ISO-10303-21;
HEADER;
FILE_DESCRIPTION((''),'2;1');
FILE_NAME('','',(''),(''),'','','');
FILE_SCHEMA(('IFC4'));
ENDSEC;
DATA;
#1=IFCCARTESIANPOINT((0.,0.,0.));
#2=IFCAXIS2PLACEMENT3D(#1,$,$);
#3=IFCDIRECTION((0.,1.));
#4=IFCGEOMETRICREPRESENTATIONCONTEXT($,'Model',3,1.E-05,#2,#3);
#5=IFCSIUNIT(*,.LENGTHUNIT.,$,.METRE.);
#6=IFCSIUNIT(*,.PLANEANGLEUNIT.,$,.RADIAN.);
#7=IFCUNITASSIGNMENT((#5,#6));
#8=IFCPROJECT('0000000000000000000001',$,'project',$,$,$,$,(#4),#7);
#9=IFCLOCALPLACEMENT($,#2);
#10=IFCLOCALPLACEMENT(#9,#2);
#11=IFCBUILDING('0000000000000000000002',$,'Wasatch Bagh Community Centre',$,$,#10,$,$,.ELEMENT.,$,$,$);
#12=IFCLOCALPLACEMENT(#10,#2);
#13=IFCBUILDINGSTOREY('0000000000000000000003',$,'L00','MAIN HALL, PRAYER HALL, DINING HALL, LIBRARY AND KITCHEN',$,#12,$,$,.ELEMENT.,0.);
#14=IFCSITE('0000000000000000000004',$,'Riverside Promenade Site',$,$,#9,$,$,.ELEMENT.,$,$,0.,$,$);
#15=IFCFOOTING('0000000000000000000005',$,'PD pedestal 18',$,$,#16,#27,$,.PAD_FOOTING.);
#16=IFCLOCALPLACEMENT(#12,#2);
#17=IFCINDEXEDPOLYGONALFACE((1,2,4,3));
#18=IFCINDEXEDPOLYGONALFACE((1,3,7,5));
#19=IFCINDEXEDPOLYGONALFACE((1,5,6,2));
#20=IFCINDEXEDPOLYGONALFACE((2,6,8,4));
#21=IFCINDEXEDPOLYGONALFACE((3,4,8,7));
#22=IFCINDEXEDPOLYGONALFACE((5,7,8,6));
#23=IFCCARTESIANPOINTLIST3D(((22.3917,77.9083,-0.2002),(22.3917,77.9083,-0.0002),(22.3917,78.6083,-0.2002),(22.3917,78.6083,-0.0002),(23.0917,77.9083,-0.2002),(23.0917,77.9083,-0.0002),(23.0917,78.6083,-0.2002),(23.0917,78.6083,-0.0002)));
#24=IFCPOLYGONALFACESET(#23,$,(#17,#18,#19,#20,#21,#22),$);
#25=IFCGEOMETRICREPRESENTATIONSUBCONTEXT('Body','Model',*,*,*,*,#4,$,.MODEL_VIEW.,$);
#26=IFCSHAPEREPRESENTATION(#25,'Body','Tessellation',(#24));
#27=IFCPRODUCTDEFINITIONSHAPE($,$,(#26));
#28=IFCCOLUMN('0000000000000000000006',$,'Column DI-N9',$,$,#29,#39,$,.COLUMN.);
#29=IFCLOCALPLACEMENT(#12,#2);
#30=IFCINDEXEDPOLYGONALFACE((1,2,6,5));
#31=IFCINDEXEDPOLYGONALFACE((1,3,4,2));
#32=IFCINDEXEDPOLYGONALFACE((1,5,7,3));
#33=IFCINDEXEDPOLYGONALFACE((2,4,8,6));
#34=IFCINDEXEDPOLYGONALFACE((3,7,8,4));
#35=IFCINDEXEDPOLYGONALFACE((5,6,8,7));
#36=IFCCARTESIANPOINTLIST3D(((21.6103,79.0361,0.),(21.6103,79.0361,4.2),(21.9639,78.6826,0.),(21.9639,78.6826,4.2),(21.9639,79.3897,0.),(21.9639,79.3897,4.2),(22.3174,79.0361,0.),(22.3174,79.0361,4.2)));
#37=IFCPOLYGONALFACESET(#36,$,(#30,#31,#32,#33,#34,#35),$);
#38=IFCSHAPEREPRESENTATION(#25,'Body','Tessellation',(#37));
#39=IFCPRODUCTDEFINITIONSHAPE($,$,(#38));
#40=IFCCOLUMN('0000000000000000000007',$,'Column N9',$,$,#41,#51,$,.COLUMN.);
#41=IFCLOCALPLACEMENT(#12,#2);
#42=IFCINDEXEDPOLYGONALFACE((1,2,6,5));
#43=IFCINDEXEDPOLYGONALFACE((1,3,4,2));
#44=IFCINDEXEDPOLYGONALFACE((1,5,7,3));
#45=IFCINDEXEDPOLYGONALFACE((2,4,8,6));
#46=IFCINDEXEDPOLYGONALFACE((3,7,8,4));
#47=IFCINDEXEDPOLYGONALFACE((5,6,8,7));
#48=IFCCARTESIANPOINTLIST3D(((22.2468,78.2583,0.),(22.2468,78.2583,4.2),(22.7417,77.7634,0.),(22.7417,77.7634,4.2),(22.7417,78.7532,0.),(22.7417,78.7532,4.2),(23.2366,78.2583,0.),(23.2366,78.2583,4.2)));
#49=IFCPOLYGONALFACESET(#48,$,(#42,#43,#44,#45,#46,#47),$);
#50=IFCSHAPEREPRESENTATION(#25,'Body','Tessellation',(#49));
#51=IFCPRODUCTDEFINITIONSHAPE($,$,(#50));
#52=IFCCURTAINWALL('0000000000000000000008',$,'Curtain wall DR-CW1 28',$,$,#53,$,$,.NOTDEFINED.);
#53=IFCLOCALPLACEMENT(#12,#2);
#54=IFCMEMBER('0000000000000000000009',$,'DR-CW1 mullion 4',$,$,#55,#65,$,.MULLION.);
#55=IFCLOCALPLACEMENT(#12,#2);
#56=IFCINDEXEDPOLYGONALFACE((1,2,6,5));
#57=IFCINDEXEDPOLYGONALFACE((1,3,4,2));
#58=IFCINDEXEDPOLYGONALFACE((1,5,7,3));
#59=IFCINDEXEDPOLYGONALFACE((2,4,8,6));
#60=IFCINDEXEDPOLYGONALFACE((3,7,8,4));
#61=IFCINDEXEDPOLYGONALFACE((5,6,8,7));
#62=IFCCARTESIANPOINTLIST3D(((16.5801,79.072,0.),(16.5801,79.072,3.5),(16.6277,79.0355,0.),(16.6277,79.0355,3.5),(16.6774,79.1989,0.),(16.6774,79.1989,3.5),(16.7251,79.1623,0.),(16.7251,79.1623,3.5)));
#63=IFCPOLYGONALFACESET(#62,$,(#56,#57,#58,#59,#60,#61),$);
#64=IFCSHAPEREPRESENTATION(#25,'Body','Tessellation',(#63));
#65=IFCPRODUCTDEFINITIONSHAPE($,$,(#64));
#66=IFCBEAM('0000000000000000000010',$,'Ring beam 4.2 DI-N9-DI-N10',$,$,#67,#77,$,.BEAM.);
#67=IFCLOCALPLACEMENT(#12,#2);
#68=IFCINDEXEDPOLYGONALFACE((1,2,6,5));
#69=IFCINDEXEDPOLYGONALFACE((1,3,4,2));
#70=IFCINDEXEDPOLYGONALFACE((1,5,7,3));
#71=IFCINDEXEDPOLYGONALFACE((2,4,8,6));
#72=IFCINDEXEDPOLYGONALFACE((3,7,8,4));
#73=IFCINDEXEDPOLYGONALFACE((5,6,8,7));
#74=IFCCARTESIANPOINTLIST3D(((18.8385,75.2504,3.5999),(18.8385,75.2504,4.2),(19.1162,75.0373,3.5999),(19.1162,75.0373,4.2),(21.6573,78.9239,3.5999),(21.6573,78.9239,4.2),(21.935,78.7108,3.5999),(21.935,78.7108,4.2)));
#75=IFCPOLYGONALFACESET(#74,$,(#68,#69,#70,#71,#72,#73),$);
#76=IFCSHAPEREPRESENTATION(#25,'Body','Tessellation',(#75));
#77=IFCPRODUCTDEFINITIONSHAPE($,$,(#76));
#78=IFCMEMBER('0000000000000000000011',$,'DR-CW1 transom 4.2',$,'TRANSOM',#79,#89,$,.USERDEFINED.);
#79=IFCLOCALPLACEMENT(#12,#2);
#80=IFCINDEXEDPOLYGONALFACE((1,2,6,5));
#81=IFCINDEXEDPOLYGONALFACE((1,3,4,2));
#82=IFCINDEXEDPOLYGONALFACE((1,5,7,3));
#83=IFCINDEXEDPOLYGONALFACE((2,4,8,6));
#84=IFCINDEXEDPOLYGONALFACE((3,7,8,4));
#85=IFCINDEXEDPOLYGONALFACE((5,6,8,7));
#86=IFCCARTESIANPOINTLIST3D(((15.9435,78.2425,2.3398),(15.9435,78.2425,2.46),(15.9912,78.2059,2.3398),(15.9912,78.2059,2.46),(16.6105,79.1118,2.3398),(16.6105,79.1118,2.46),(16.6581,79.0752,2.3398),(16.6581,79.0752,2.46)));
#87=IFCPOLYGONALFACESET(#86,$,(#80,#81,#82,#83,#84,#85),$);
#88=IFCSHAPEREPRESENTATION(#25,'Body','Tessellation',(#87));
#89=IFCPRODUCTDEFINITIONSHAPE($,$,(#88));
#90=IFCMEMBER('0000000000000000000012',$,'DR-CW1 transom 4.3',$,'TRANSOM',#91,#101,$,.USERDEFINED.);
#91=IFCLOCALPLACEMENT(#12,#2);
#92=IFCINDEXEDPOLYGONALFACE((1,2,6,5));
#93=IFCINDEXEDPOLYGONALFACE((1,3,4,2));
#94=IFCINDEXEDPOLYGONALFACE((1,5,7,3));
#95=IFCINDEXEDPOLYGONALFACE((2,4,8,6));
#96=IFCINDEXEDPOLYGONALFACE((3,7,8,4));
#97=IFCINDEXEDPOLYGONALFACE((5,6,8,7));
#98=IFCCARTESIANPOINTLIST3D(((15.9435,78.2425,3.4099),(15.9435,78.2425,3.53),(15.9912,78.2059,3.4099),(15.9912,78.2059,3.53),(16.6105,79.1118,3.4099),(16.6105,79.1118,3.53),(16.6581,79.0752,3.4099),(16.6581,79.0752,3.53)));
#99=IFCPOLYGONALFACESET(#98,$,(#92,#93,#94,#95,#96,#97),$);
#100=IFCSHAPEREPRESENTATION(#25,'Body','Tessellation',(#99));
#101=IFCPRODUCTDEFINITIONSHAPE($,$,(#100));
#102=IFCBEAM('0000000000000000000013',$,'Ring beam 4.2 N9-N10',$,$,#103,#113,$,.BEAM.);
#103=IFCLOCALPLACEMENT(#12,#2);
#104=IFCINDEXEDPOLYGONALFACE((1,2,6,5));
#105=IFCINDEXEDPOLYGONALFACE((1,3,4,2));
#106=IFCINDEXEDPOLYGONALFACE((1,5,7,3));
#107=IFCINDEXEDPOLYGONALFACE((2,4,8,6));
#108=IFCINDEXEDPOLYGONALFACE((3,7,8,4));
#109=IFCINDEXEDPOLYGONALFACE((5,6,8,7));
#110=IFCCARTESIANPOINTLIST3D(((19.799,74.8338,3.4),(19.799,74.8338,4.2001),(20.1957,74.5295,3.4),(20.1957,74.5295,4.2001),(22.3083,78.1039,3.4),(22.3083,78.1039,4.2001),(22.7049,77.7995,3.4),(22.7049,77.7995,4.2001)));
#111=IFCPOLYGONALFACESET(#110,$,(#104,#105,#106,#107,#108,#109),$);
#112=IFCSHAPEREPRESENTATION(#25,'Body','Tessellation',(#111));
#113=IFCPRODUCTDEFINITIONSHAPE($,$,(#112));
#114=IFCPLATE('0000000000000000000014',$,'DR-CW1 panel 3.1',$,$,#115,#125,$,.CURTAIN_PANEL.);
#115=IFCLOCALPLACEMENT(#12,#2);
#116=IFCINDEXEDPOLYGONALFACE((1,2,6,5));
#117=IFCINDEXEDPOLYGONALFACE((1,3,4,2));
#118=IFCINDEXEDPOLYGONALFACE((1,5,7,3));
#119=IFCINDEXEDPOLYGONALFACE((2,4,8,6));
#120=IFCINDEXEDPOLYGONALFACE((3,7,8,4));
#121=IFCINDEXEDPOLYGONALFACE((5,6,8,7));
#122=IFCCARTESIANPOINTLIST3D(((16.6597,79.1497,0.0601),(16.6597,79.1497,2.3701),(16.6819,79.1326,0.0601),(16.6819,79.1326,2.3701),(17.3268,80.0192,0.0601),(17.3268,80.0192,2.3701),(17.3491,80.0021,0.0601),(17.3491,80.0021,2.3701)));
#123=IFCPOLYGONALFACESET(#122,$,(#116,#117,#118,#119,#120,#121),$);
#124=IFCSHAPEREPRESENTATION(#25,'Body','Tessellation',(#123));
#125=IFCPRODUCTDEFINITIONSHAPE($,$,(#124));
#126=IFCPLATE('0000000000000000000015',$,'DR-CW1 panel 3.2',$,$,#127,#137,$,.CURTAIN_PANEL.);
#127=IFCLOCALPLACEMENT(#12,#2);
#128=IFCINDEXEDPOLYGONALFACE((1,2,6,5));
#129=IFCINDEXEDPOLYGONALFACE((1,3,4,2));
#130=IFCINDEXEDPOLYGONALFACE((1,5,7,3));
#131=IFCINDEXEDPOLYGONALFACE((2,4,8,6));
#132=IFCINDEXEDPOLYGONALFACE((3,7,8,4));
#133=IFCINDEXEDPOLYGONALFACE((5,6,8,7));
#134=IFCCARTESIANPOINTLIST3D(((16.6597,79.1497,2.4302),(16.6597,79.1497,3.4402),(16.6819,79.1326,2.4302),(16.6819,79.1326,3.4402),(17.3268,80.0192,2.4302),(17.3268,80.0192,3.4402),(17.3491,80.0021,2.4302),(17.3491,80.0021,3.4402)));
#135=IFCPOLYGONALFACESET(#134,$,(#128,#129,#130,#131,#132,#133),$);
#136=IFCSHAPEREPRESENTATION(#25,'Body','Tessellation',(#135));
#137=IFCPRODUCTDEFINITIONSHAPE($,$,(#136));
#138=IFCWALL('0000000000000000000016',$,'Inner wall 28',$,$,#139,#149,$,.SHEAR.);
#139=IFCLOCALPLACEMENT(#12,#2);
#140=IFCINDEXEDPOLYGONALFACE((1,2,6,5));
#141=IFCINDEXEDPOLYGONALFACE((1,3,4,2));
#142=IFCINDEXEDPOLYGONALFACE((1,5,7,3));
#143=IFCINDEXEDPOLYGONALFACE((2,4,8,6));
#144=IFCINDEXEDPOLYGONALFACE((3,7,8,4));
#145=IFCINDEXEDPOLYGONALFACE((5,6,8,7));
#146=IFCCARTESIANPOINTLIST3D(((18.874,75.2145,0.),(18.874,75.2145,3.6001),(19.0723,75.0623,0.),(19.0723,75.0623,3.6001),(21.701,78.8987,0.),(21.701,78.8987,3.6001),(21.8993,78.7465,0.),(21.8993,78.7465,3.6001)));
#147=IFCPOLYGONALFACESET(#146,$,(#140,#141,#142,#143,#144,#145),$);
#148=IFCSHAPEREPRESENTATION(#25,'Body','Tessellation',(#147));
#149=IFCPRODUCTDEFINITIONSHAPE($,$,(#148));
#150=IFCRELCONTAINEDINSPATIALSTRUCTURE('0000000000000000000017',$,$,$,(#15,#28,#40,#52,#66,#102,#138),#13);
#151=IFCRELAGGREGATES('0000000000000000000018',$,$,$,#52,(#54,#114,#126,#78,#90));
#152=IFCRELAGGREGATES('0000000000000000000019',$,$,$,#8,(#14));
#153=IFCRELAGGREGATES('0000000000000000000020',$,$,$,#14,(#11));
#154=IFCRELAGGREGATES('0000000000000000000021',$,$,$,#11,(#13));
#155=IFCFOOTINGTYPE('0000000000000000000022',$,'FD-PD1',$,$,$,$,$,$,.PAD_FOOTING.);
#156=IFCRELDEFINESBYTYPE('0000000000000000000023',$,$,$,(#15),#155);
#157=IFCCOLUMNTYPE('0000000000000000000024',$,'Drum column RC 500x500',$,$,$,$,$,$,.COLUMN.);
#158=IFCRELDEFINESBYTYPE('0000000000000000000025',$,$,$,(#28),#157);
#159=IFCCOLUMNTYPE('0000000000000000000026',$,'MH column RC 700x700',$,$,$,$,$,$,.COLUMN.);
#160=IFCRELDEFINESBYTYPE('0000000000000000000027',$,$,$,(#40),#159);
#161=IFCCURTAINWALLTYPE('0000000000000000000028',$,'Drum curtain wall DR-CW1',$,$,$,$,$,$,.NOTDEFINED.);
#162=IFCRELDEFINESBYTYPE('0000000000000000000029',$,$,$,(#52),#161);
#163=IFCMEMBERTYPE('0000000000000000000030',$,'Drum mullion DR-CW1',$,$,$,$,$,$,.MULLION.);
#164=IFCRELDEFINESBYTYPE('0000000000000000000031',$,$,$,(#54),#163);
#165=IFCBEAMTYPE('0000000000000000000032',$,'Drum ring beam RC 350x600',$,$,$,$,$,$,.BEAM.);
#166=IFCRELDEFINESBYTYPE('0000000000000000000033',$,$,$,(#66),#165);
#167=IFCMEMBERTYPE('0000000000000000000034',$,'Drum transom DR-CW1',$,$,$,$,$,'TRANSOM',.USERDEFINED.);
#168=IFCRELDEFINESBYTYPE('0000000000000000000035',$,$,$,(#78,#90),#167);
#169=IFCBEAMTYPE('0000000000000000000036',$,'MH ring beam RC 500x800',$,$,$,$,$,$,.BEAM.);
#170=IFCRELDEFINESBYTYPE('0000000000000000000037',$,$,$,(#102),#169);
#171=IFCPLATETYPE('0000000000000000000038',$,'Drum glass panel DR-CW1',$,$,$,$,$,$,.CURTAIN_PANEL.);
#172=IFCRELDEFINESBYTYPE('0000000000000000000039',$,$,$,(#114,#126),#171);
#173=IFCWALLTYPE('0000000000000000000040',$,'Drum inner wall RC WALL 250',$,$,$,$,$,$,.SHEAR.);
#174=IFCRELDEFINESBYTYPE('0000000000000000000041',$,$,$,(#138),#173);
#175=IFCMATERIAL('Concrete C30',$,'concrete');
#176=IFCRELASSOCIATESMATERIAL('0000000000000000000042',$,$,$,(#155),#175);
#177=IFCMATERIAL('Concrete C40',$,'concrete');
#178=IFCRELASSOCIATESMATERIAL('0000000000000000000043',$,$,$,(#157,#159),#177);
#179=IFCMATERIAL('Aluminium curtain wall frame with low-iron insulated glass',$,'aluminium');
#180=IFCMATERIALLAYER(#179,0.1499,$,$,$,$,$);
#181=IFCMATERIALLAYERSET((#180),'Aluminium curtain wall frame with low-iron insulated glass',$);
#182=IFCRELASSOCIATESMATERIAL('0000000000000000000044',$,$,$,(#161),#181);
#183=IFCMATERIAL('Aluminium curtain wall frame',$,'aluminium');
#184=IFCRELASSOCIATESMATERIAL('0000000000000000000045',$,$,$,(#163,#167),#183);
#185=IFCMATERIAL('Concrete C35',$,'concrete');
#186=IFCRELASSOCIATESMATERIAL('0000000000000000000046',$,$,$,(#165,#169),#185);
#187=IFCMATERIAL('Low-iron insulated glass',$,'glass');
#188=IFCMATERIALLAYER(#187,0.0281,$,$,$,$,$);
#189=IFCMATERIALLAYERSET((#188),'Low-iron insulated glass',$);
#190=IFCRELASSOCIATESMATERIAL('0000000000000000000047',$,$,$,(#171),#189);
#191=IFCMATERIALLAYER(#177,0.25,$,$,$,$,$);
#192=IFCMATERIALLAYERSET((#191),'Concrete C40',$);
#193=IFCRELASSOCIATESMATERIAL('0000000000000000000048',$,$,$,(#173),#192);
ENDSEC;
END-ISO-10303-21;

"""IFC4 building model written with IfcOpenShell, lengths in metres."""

from ifc_helpers import new_model, si_unit, direction, frame, frame_2d, origin, origin_2d, place, context, subcontext, project, spatial, rectangle, extrude, material, layer, layer_set, material_profile, profile_set, type_object, element, aggregate, save


model = new_model("IFC4")

# Units and contexts
model_context = context("Model", 3, precision=1e-05, world=origin(), true_north=direction((0.0, 1.0)))
body_context = subcontext(model_context, "Body", "Model", "MODEL_VIEW")
ifc_project = project(units=[si_unit("LENGTHUNIT", "METRE"), si_unit("PLANEANGLEUNIT", "RADIAN")], contexts=[model_context])

# Site, building, storey
site_placement = place(None, origin())
site = spatial("IfcSite", under=ifc_project, at=site_placement, Name="Riverside Promenade Site", CompositionType="ELEMENT", RefElevation=0.0)
building_placement = place(site_placement, origin())
building = spatial("IfcBuilding", under=site, at=building_placement, Name="Wasatch Bagh Community Centre", CompositionType="ELEMENT")
storey_placement = place(building_placement, origin())
storey = spatial("IfcBuildingStorey", under=building, at=storey_placement, Name="L00", Description="MAIN HALL, PRAYER HALL, DINING HALL, LIBRARY AND KITCHEN", CompositionType="ELEMENT", Elevation=0.0)

# Shared definitions
ifc_material_1 = material(Name="Concrete C35", Category="concrete")

# Shared definitions
ifc_material_2 = material(Name="Concrete C30", Category="concrete")

# Footing
footing_type_1 = type_object("IfcFootingType", Name="FD-PD1", PredefinedType="PAD_FOOTING", material=ifc_material_2)
footing_1_placement = place(storey_placement, frame((22.7417, 78.2583, -0.2002), z_axis=(0.0, 0.0, 1.0), x_axis=(1.0, 0.0, 0.0)))
element("IfcFooting", 1, at=footing_1_placement, inside=storey, type_object=footing_type_1, Name="PD pedestal 18", PredefinedType="PAD_FOOTING", context=body_context, shape_type="SweptSolid", body=[
    extrude(rectangle(XDim=0.7, YDim=0.7, at=origin_2d()), origin(), (0.0, 0.0, 1.0), 0.2),
])

# Columns
ifc_material_3 = material(Name="Concrete C40", Category="concrete")
ifc_material_profile_1 = material_profile(ifc_material_3, rectangle(XDim=0.5, YDim=0.5, at=origin_2d()), Name="RC 500x500")
ifc_profile_set_1 = profile_set([ifc_material_profile_1], Name="Concrete C40")
column_type_1 = type_object("IfcColumnType", Name="Drum column RC 500x500", PredefinedType="COLUMN", material=ifc_profile_set_1)
column_1_placement = place(storey_placement, frame((21.9639, 79.0361, 0.0), z_axis=(0.0, 0.0, 1.0), x_axis=(0.707107, 0.707107, 0.0)))
element("IfcColumn", 2, at=column_1_placement, inside=storey, type_object=column_type_1, Name="Column DI-N9", PredefinedType="COLUMN", context=body_context, shape_type="SweptSolid", body=[
    extrude(rectangle(XDim=0.5, YDim=0.5, at=origin_2d()), origin(), (0.0, 0.0, 1.0), 4.2),
])
ifc_material_profile_2 = material_profile(ifc_material_3, rectangle(XDim=0.7, YDim=0.7, at=origin_2d()), Name="RC 700x700")
ifc_profile_set_2 = profile_set([ifc_material_profile_2], Name="Concrete C40")
column_type_2 = type_object("IfcColumnType", Name="MH column RC 700x700", PredefinedType="COLUMN", material=ifc_profile_set_2)
column_2_placement = place(storey_placement, frame((22.7417, 78.2583, 0.0), z_axis=(0.0, 0.0, 1.0), x_axis=(0.707107, 0.707107, 0.0)))
element("IfcColumn", 3, at=column_2_placement, inside=storey, type_object=column_type_2, Name="Column N9", PredefinedType="COLUMN", context=body_context, shape_type="SweptSolid", body=[
    extrude(rectangle(XDim=0.7, YDim=0.7, at=origin_2d()), origin(), (0.0, 0.0, 1.0), 4.2),
])

# Curtain wall, member
ifc_material_4 = material(Name="Aluminium curtain wall frame with low-iron insulated glass", Category="aluminium")
ifc_layer_1 = layer(ifc_material_4, 0.1499)
ifc_layer_set_1 = layer_set([ifc_layer_1], Name="Aluminium curtain wall frame with low-iron insulated glass")
curtain_wall_type = type_object("IfcCurtainWallType", Name="Drum curtain wall DR-CW1", PredefinedType="NOTDEFINED", material=ifc_layer_set_1)
curtain_wall_placement = place(storey_placement, origin())
curtain_wall = element("IfcCurtainWall", 4, at=curtain_wall_placement, inside=storey, type_object=curtain_wall_type, Name="Curtain wall DR-CW1 28", PredefinedType="NOTDEFINED")
ifc_material_5 = material(Name="Aluminium curtain wall frame", Category="aluminium")
ifc_material_profile_3 = material_profile(ifc_material_5, rectangle(XDim=0.0601, YDim=0.1599, at=origin_2d()), Name="Drum mullion DR-CW1")
ifc_profile_set_3 = profile_set([ifc_material_profile_3], Name="Aluminium curtain wall frame")
member_type_1 = type_object("IfcMemberType", Name="Drum mullion DR-CW1", PredefinedType="MULLION", material=ifc_profile_set_3)
member_1_placement = place(storey_placement, frame((16.6526, 79.1172, 0.0), z_axis=(0.0, 0.0, 1.0), x_axis=(0.793353, -0.608761, 0.0)))
member_1 = element("IfcMember", 5, at=member_1_placement, type_object=member_type_1, Name="DR-CW1 mullion 4", PredefinedType="MULLION", context=body_context, shape_type="SweptSolid", body=[
    extrude(rectangle(XDim=0.0601, YDim=0.1599, at=origin_2d()), origin(), (0.0, 0.0, 1.0), 3.5),
])

# Beam
ifc_material_profile_4 = material_profile(ifc_material_1, rectangle(XDim=0.3501, YDim=0.6001, at=origin_2d()), Name="RC 350x600")
ifc_profile_set_4 = profile_set([ifc_material_profile_4], Name="Concrete C35")
beam_type_1 = type_object("IfcBeamType", Name="Drum ring beam RC 350x600", PredefinedType="BEAM", material=ifc_profile_set_4)
beam_1_placement = place(storey_placement, frame((21.7961, 78.8174, 3.8999), z_axis=(-0.608762, -0.793353, 0.0), x_axis=(0.793353, -0.608762, 0.0)))
element("IfcBeam", 6, at=beam_1_placement, inside=storey, type_object=beam_type_1, Name="Ring beam 4.2 DI-N9-DI-N10", PredefinedType="BEAM", context=body_context, shape_type="SweptSolid", body=[
    extrude(rectangle(XDim=0.3501, YDim=0.6001, at=origin_2d()), origin(), (0.0, 0.0, 1.0), 4.6304),
])

# Members
ifc_material_profile_5 = material_profile(ifc_material_5, rectangle(XDim=0.0601, YDim=0.1201, at=origin_2d()), Name="Drum transom DR-CW1")
ifc_profile_set_5 = profile_set([ifc_material_profile_5], Name="Aluminium curtain wall frame")
member_type_2 = type_object("IfcMemberType", Name="Drum transom DR-CW1", ElementType="TRANSOM", PredefinedType="USERDEFINED", material=ifc_profile_set_5)
member_2_placement = place(storey_placement, frame((16.6343, 79.0935, 2.3999), z_axis=(-0.608698, -0.793402, 0.0), x_axis=(0.793402, -0.608698, 0.0)))
member_2 = element("IfcMember", 7, at=member_2_placement, type_object=member_type_2, Name="DR-CW1 transom 4.2", ObjectType="TRANSOM", PredefinedType="USERDEFINED", context=body_context, shape_type="SweptSolid", body=[
    extrude(rectangle(XDim=0.0601, YDim=0.1201, at=origin_2d()), origin(), (0.0, 0.0, 1.0), 1.0957),
])
member_3_placement = place(storey_placement, frame((16.6343, 79.0935, 3.47), z_axis=(-0.608698, -0.793402, 0.0), x_axis=(0.793402, -0.608698, 0.0)))
member_3 = element("IfcMember", 8, at=member_3_placement, type_object=member_type_2, Name="DR-CW1 transom 4.3", ObjectType="TRANSOM", PredefinedType="USERDEFINED", context=body_context, shape_type="SweptSolid", body=[
    extrude(rectangle(XDim=0.0601, YDim=0.1201, at=origin_2d()), origin(), (0.0, 0.0, 1.0), 1.0957),
])

# Beam
ifc_material_profile_6 = material_profile(ifc_material_1, rectangle(XDim=0.5, YDim=0.8, at=origin_2d()), Name="RC 500x800")
ifc_profile_set_6 = profile_set([ifc_material_profile_6], Name="Concrete C35")
beam_type_2 = type_object("IfcBeamType", Name="MH ring beam RC 500x800", PredefinedType="BEAM", material=ifc_profile_set_6)
beam_2_placement = place(storey_placement, frame((22.5066, 77.9517, 3.8), z_axis=(-0.608777, -0.793341, 0.0), x_axis=(0.793341, -0.608777, 0.0)))
element("IfcBeam", 9, at=beam_2_placement, inside=storey, type_object=beam_type_2, Name="Ring beam 4.2 N9-N10", PredefinedType="BEAM", context=body_context, shape_type="SweptSolid", body=[
    extrude(rectangle(XDim=0.5, YDim=0.8, at=origin_2d()), origin(), (0.0, 0.0, 1.0), 4.1218),
])

# Plates
ifc_material_6 = material(Name="Low-iron insulated glass", Category="glass")
ifc_layer_2 = layer(ifc_material_6, 0.0281)
ifc_layer_set_2 = layer_set([ifc_layer_2], Name="Low-iron insulated glass")
plate_type = type_object("IfcPlateType", Name="Drum glass panel DR-CW1", PredefinedType="CURTAIN_PANEL", material=ifc_layer_set_2)
plate_1_placement = place(storey_placement, frame((17.0044, 79.5759, 0.0601), z_axis=(0.0, 0.0, 1.0), x_axis=(-0.608761, -0.793353, 0.0)))
plate_1 = element("IfcPlate", 10, at=plate_1_placement, type_object=plate_type, Name="DR-CW1 panel 3.1", PredefinedType="CURTAIN_PANEL", context=body_context, shape_type="SweptSolid", body=[
    extrude(rectangle(XDim=1.0959, YDim=0.0281, at=origin_2d()), origin(), (0.0, 0.0, 1.0), 2.3101),
])
plate_2_placement = place(storey_placement, frame((17.0044, 79.5759, 2.4302), z_axis=(0.0, 0.0, 1.0), x_axis=(-0.608761, -0.793353, 0.0)))
plate_2 = element("IfcPlate", 11, at=plate_2_placement, type_object=plate_type, Name="DR-CW1 panel 3.2", PredefinedType="CURTAIN_PANEL", context=body_context, shape_type="SweptSolid", body=[
    extrude(rectangle(XDim=1.0959, YDim=0.0281, at=origin_2d()), origin(), (0.0, 0.0, 1.0), 1.01),
])
aggregate(curtain_wall, [member_1, plate_1, plate_2, member_2, member_3])

# Wall
ifc_layer_3 = layer(ifc_material_3, 0.25)
ifc_layer_set_3 = layer_set([ifc_layer_3], Name="Concrete C40")
wall_type_1 = type_object("IfcWallType", Name="Drum inner wall RC WALL 250", PredefinedType="SHEAR", material=ifc_layer_set_3)
wall_1_placement = place(storey_placement, frame((21.8, 78.8225, 0.0), z_axis=(0.0, 0.0, 1.0), x_axis=(-0.608763, -0.793352, 0.0)))
element("IfcWall", 12, at=wall_1_placement, inside=storey, type_object=wall_type_1, Name="Inner wall 28", PredefinedType="SHEAR", context=body_context, shape_type="SweptSolid", body=[
    extrude(rectangle(XDim=4.6438, YDim=0.25, at=frame_2d((2.3218, 0.0))), origin(), (0.0, 0.0, 1.0), 3.6001),
])

save(model, "model.ifc")
